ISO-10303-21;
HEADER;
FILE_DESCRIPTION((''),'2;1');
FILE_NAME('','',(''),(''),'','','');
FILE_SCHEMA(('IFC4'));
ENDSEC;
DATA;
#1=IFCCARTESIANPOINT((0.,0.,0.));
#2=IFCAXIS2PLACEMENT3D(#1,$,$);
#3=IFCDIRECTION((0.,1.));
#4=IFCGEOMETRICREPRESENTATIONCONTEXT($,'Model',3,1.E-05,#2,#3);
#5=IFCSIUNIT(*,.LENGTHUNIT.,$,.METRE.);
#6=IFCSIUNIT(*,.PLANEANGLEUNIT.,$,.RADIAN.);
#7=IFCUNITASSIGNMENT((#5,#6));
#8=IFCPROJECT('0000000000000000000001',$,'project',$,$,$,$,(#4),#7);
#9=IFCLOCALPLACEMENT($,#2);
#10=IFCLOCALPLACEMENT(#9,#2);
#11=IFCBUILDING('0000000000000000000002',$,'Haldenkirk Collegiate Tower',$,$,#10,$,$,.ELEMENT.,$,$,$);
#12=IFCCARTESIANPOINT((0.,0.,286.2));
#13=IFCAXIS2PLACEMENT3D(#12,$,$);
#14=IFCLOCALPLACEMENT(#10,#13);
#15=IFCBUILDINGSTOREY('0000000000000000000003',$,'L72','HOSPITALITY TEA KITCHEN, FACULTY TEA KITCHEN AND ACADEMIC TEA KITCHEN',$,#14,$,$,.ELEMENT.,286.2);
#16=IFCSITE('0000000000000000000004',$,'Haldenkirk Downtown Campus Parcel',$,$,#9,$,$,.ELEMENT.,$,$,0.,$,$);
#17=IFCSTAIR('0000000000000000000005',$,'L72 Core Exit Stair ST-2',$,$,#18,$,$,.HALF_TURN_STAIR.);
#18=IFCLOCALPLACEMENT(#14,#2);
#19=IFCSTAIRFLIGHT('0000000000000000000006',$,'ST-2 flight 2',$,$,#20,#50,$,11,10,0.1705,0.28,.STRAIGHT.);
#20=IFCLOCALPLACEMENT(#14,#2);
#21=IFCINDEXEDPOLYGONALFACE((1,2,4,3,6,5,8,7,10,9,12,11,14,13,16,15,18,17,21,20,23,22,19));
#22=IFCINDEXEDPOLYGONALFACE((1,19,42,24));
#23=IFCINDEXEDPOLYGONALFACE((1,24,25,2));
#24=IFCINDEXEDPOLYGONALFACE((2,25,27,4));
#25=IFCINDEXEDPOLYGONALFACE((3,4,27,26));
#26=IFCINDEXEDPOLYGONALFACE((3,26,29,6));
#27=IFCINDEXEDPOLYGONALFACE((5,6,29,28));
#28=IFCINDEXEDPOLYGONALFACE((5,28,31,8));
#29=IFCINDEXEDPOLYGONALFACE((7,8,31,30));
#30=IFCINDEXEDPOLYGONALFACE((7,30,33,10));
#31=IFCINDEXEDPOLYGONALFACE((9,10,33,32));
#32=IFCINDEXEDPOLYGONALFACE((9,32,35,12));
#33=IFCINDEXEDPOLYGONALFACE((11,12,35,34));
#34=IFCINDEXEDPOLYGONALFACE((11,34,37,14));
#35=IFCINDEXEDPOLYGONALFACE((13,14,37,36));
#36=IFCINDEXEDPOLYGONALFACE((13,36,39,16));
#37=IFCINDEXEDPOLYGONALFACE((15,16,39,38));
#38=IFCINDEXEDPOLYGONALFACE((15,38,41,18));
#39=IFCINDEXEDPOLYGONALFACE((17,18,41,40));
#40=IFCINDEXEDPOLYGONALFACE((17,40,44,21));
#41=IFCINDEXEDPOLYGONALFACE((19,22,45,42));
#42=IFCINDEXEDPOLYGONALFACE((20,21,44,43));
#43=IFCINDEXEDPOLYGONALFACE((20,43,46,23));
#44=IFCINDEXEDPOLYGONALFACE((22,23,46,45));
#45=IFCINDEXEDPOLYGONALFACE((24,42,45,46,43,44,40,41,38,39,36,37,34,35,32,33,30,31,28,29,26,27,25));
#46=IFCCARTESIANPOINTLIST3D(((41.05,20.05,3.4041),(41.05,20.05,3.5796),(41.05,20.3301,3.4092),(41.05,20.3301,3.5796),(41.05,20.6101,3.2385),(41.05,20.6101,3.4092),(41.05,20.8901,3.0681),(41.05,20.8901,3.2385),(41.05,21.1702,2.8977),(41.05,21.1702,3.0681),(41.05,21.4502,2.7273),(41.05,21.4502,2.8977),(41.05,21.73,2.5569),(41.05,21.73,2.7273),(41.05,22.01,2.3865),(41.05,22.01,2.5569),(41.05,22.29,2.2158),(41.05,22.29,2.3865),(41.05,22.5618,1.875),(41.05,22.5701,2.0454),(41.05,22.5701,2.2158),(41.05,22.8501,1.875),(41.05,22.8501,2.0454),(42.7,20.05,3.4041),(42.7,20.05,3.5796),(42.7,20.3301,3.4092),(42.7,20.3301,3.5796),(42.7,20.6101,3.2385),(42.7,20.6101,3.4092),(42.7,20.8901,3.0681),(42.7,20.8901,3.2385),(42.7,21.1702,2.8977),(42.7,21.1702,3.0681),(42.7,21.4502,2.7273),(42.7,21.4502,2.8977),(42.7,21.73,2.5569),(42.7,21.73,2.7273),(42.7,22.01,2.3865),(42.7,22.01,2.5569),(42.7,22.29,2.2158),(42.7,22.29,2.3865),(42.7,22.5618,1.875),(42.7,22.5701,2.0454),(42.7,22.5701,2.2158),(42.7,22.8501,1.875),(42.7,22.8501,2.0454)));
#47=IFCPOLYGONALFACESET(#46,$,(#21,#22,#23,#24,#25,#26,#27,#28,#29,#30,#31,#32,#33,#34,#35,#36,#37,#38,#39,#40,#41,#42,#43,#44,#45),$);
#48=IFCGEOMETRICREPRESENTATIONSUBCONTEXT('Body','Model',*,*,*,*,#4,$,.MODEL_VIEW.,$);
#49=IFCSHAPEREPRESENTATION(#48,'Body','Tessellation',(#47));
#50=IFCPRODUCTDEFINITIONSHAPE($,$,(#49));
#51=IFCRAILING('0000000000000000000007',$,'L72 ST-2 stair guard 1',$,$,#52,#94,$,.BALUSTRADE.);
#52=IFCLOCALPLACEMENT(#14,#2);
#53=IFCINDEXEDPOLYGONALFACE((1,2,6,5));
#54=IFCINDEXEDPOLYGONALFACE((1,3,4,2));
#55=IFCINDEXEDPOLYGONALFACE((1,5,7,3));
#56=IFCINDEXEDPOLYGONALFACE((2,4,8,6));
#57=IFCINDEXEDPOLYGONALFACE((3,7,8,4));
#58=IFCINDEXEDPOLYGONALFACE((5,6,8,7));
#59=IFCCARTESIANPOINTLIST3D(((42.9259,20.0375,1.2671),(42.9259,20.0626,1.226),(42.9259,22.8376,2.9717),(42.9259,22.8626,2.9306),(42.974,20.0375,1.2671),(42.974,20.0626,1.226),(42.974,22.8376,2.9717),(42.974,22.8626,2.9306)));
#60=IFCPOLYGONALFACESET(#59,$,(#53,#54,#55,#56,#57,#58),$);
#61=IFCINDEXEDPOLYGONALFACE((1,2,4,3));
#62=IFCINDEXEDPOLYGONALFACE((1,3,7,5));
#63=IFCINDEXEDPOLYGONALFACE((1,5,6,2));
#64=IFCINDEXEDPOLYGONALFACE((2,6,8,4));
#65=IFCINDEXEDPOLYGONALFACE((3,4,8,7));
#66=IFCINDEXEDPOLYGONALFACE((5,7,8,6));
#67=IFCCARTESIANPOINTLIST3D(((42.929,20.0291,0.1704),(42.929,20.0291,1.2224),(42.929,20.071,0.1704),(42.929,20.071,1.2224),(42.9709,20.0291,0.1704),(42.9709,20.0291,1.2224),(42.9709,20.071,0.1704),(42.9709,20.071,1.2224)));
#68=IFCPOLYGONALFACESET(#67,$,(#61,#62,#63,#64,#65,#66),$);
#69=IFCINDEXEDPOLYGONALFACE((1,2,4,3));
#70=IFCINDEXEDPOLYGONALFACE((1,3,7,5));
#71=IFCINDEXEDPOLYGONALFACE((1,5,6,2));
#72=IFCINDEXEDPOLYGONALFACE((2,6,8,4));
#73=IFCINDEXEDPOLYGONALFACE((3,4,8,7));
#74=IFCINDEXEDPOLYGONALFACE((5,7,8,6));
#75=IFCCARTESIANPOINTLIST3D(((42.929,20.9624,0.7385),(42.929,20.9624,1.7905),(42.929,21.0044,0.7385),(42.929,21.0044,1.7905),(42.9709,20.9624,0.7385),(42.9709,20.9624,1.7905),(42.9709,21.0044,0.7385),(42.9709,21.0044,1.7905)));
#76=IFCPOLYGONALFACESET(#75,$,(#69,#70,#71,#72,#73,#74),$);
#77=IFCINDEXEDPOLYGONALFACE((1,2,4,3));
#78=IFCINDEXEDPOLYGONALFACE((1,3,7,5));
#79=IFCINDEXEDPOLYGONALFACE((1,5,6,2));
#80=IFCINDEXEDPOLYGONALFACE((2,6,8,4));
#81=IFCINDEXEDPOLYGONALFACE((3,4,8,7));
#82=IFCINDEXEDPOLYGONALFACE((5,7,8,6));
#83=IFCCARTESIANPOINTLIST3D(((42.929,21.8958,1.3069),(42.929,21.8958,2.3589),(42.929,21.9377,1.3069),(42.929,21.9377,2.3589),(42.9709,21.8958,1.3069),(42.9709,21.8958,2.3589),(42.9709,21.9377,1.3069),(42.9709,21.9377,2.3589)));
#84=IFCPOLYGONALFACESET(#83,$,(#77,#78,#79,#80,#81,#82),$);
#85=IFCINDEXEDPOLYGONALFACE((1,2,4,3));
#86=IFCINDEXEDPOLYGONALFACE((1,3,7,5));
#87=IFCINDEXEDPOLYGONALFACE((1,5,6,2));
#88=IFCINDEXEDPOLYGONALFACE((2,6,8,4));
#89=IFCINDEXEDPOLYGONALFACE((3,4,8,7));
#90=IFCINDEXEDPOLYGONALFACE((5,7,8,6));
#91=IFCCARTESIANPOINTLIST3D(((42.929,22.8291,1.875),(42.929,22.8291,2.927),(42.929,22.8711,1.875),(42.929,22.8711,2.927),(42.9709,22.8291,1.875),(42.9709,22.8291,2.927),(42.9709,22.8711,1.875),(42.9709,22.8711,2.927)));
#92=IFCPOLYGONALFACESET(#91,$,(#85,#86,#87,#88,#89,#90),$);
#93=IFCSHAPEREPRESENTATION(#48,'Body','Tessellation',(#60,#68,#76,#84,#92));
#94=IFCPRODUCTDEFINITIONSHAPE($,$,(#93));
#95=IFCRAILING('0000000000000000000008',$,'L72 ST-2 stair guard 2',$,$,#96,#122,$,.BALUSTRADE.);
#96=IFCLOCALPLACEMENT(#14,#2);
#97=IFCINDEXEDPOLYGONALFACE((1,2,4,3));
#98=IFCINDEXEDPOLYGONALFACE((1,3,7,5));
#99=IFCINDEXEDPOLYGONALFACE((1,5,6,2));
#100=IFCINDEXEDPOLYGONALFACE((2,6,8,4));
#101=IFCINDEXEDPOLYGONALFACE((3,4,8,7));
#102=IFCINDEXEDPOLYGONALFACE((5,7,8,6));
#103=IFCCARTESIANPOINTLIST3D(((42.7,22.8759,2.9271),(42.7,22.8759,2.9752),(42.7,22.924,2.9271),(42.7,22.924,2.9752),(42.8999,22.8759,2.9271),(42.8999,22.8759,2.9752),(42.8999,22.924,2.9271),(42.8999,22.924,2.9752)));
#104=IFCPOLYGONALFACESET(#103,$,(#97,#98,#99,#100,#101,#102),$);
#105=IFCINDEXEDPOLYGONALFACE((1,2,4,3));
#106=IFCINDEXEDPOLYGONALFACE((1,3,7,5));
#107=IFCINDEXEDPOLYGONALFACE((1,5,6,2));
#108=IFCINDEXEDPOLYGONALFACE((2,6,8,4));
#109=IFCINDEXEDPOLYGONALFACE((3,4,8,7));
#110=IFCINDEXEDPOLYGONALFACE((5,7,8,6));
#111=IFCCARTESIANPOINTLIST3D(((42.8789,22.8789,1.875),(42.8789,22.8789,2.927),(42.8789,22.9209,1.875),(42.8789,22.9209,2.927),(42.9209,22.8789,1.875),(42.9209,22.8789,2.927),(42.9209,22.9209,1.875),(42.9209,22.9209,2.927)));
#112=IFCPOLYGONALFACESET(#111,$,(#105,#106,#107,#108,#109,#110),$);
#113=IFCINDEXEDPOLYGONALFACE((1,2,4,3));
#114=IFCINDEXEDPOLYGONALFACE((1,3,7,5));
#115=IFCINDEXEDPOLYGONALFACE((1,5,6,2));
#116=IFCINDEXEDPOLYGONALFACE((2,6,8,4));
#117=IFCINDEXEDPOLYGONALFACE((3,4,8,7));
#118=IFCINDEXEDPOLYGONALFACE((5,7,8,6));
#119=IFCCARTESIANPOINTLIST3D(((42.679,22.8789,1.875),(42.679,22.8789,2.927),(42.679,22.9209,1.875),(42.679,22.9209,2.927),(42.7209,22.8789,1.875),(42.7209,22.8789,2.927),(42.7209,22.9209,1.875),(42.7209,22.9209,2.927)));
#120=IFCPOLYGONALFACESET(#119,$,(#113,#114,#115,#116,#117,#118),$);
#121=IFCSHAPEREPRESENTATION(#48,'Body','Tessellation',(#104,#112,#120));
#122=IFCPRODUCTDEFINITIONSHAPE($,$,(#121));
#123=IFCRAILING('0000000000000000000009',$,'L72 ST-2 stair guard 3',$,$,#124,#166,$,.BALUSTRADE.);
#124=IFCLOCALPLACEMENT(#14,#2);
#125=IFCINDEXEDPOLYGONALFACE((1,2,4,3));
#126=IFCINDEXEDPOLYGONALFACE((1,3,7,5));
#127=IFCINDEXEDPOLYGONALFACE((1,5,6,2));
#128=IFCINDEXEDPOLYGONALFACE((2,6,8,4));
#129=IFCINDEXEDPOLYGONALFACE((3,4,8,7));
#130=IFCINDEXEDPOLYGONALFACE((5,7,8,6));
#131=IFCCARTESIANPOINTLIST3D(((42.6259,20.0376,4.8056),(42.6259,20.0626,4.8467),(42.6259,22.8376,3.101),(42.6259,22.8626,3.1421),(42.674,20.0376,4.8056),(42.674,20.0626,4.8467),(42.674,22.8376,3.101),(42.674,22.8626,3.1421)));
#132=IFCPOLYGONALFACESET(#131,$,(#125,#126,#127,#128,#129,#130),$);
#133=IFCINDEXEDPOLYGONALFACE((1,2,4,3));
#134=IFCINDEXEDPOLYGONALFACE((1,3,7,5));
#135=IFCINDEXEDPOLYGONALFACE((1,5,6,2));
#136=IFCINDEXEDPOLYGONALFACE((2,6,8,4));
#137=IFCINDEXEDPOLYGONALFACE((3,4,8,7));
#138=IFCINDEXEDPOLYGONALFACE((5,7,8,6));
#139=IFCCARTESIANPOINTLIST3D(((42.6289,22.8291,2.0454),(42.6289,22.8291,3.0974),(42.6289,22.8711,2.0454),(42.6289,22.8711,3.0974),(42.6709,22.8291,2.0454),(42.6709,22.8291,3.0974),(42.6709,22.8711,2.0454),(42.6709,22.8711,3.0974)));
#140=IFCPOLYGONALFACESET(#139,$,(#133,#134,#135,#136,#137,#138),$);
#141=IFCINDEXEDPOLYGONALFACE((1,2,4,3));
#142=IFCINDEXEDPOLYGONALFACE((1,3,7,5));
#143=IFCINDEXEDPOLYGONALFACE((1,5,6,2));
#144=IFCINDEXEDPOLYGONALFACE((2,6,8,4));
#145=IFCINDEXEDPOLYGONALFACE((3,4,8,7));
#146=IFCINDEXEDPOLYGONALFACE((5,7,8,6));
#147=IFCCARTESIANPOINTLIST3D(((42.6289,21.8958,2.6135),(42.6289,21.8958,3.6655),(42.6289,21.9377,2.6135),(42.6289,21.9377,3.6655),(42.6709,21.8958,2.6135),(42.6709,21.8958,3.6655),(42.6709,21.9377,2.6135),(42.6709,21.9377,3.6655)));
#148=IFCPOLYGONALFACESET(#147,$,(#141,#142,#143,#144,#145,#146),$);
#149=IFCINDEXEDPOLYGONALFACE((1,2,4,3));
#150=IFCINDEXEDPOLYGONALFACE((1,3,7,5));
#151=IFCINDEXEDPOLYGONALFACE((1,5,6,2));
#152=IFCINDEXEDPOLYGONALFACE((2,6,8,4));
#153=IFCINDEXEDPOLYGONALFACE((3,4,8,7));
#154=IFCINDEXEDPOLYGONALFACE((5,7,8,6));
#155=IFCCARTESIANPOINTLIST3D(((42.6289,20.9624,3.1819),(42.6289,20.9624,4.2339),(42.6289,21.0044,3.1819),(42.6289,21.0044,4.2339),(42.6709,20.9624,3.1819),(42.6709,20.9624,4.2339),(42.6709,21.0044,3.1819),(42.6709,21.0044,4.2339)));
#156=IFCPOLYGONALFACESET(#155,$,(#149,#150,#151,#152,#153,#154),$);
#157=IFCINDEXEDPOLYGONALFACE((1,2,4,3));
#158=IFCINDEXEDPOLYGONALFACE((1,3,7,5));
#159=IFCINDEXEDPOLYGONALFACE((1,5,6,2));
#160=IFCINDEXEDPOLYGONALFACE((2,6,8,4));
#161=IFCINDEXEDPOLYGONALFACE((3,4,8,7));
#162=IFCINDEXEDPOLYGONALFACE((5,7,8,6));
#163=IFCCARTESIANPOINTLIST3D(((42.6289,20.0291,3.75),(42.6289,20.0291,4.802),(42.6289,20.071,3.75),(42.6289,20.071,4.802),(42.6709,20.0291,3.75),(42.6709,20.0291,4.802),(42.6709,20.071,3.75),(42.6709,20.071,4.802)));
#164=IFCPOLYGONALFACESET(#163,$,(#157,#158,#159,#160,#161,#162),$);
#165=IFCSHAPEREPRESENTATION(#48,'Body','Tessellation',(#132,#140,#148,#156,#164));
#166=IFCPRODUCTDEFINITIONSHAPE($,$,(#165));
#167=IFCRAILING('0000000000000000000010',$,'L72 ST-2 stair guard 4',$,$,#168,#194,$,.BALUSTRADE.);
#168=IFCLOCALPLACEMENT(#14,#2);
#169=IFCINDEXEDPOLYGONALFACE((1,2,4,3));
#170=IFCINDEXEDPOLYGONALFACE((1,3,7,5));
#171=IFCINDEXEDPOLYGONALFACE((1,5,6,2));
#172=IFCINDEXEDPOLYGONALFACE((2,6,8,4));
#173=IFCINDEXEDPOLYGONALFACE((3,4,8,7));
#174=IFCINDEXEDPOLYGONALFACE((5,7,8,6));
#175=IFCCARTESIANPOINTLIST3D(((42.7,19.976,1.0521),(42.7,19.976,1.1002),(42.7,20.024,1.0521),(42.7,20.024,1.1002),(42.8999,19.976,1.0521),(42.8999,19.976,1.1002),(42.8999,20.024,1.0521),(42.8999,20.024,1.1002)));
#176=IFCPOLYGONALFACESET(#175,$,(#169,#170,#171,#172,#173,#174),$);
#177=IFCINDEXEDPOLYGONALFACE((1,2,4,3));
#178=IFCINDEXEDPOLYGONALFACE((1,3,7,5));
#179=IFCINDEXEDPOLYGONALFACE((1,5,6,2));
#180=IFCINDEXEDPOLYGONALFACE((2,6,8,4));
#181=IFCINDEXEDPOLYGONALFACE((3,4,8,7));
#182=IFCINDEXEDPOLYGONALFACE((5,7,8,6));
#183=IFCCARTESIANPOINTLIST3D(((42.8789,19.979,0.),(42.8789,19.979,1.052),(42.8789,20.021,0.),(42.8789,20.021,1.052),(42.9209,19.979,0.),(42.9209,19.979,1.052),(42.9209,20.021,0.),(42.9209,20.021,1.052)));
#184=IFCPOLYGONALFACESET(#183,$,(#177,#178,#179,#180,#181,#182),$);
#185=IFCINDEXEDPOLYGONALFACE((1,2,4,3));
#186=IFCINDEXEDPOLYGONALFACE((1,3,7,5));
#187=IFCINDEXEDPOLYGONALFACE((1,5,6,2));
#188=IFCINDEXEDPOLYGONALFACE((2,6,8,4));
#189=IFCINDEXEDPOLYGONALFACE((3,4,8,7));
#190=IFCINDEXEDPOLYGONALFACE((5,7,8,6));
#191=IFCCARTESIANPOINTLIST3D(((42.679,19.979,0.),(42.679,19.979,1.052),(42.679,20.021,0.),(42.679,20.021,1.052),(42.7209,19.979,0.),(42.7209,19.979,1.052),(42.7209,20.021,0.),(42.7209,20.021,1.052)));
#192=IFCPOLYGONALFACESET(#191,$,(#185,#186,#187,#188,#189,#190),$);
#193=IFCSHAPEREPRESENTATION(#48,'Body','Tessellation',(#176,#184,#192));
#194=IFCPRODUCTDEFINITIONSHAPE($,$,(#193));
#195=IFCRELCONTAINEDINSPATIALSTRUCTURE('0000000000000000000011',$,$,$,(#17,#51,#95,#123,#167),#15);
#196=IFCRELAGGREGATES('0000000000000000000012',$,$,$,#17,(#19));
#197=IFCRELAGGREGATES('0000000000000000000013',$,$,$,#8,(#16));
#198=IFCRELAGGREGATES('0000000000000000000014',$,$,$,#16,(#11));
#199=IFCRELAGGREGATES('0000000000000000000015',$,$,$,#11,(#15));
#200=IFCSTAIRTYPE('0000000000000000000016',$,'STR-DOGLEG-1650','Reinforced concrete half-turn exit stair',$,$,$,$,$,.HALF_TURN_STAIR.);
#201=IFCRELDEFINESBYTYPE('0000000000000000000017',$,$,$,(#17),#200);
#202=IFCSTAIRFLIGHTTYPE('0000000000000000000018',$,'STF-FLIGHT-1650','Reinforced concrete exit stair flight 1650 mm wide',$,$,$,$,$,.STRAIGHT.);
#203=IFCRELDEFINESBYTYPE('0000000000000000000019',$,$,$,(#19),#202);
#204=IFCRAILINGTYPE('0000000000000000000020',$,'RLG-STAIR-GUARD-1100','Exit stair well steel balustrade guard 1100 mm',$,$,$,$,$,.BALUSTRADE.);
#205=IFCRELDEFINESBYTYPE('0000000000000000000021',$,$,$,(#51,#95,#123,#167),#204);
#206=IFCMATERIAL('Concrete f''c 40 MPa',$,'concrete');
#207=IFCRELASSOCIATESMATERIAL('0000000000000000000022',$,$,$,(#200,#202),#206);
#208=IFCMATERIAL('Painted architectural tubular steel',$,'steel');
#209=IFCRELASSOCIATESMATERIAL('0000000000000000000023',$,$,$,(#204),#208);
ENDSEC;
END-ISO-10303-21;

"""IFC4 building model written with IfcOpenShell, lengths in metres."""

from ifc_helpers import new_model, si_unit, direction, frame, origin, origin_2d, place, context, subcontext, project, spatial, polyline, rectangle, outline, extrude, material, type_object, element, aggregate, save


model = new_model("IFC4")

# Units and contexts
model_context = context("Model", 3, precision=1e-05, world=origin(), true_north=direction((0.0, 1.0)))
body_context = subcontext(model_context, "Body", "Model", "MODEL_VIEW")
ifc_project = project(units=[si_unit("LENGTHUNIT", "METRE"), si_unit("PLANEANGLEUNIT", "RADIAN")], contexts=[model_context])

# Site, building, storey
site_placement = place(None, origin())
site = spatial("IfcSite", under=ifc_project, at=site_placement, Name="Haldenkirk Downtown Campus Parcel", CompositionType="ELEMENT", RefElevation=0.0)
building_placement = place(site_placement, origin())
building = spatial("IfcBuilding", under=site, at=building_placement, Name="Haldenkirk Collegiate Tower", CompositionType="ELEMENT")
storey_placement = place(building_placement, frame((0.0, 0.0, 286.2)))
storey = spatial("IfcBuildingStorey", under=building, at=storey_placement, Name="L72", Description="HOSPITALITY TEA KITCHEN, FACULTY TEA KITCHEN AND ACADEMIC TEA KITCHEN", CompositionType="ELEMENT", Elevation=286.2)

# Stair, stair flight
ifc_material_1 = material(Name="Concrete f'c 40 MPa", Category="concrete")
stair_type = type_object("IfcStairType", Name="STR-DOGLEG-1650", Description="Reinforced concrete half-turn exit stair", PredefinedType="HALF_TURN_STAIR", material=ifc_material_1)
stair_placement = place(storey_placement, origin())
stair = element("IfcStair", 1, at=stair_placement, inside=storey, type_object=stair_type, Name="L72 Core Exit Stair ST-2", PredefinedType="HALF_TURN_STAIR")
stair_flight_type = type_object("IfcStairFlightType", Name="STF-FLIGHT-1650", Description="Reinforced concrete exit stair flight 1650 mm wide", PredefinedType="STRAIGHT", material=ifc_material_1)
stair_flight_placement = place(storey_placement, frame((41.875, 22.8501, 1.875), z_axis=(0.0, 0.0, 1.0), x_axis=(0.0, -1.0, 0.0)))
stair_flight = element("IfcStairFlight", 2, at=stair_flight_placement, type_object=stair_flight_type, Name="ST-2 flight 2", NumberOfRisers=11, NumberOfTreads=10, PredefinedType="STRAIGHT", RiserHeight=0.1705, TreadLength=0.28, context=body_context, shape_type="SweptSolid", body=[
    extrude(outline(polyline([(0.0, 0.0), (0.0, 0.1704), (0.28, 0.1704), (0.28, 0.3408), (0.5601, 0.3408), (0.5601, 0.5115), (0.8401, 0.5115), (0.8401, 0.6819), (1.1201, 0.6819), (1.1201, 0.8523), (1.3999, 0.8523), (1.3999, 1.0227), (1.6799, 1.0227), (1.6799, 1.1931), (1.96, 1.1931), (1.96, 1.3635), (2.24, 1.3635), (2.24, 1.5342), (2.52, 1.5342), (2.52, 1.7046), (2.8, 1.7046), (2.8, 1.875), (2.8, 1.5291), (0.2883, 0.0), (0.0, 0.0)])), frame((0.0, 0.825, 0.0), z_axis=(0.0, -1.0, 0.0), x_axis=(1.0, 0.0, 0.0)), (0.0, 0.0, 1.0), 1.6499),
])
aggregate(stair, [stair_flight])

# Railings
ifc_material_2 = material(Name="Painted architectural tubular steel", Category="steel")
railing_type_1 = type_object("IfcRailingType", Name="RLG-STAIR-GUARD-1100", Description="Exit stair well steel balustrade guard 1100 mm", PredefinedType="BALUSTRADE", material=ifc_material_2)
railing_1_placement = place(storey_placement, frame((42.95, 20.05, 0.1704)))
element("IfcRailing", 3, at=railing_1_placement, inside=storey, type_object=railing_type_1, Name="L72 ST-2 stair guard 1", PredefinedType="BALUSTRADE", context=body_context, shape_type="SweptSolid", body=[
    extrude(rectangle(XDim=0.0481, YDim=0.0481, at=origin_2d()), frame((0.0, 0.0, 1.0762), z_axis=(0.0, 0.85417, 0.519994), x_axis=(-1.0, 0.0, 0.0)), (0.0, 0.0, 1.0), 3.2781),
    extrude(rectangle(XDim=0.042, YDim=0.042, at=origin_2d()), origin(), (0.0, 0.0, 1.0), 1.052),
    extrude(rectangle(XDim=0.042, YDim=0.042, at=origin_2d()), frame((0.0, 0.9333, 0.5681)), (0.0, 0.0, 1.0), 1.052),
    extrude(rectangle(XDim=0.042, YDim=0.042, at=origin_2d()), frame((0.0, 1.8667, 1.1365)), (0.0, 0.0, 1.0), 1.052),
    extrude(rectangle(XDim=0.042, YDim=0.042, at=origin_2d()), frame((0.0, 2.8, 1.7046)), (0.0, 0.0, 1.0), 1.052),
])
railing_2_placement = place(storey_placement, frame((42.8999, 22.8999, 1.875)))
element("IfcRailing", 4, at=railing_2_placement, inside=storey, type_object=railing_type_1, Name="L72 ST-2 stair guard 2", PredefinedType="BALUSTRADE", context=body_context, shape_type="SweptSolid", body=[
    extrude(rectangle(XDim=0.0481, YDim=0.0481, at=origin_2d()), frame((0.0, 0.0, 1.0762), z_axis=(-1.0, 0.0, 0.0), x_axis=(0.0, -1.0, 0.0)), (0.0, 0.0, 1.0), 0.2),
    extrude(rectangle(XDim=0.042, YDim=0.042, at=origin_2d()), origin(), (0.0, 0.0, 1.0), 1.052),
    extrude(rectangle(XDim=0.042, YDim=0.042, at=origin_2d()), frame((-0.2, 0.0, 0.0)), (0.0, 0.0, 1.0), 1.052),
])
railing_3_placement = place(storey_placement, frame((42.6499, 22.8501, 2.0454)))
element("IfcRailing", 5, at=railing_3_placement, inside=storey, type_object=railing_type_1, Name="L72 ST-2 stair guard 3", PredefinedType="BALUSTRADE", context=body_context, shape_type="SweptSolid", body=[
    extrude(rectangle(XDim=0.0481, YDim=0.0481, at=origin_2d()), frame((0.0, 0.0, 1.0762), z_axis=(0.0, -0.85417, 0.519994), x_axis=(1.0, 0.0, 0.0)), (0.0, 0.0, 1.0), 3.2781),
    extrude(rectangle(XDim=0.042, YDim=0.042, at=origin_2d()), origin(), (0.0, 0.0, 1.0), 1.052),
    extrude(rectangle(XDim=0.042, YDim=0.042, at=origin_2d()), frame((0.0, -0.9333, 0.5681)), (0.0, 0.0, 1.0), 1.052),
    extrude(rectangle(XDim=0.042, YDim=0.042, at=origin_2d()), frame((0.0, -1.8667, 1.1365)), (0.0, 0.0, 1.0), 1.052),
    extrude(rectangle(XDim=0.042, YDim=0.042, at=origin_2d()), frame((0.0, -2.8, 1.7046)), (0.0, 0.0, 1.0), 1.052),
])
railing_4_placement = place(storey_placement, frame((42.8999, 20.0, 0.0)))
element("IfcRailing", 6, at=railing_4_placement, inside=storey, type_object=railing_type_1, Name="L72 ST-2 stair guard 4", PredefinedType="BALUSTRADE", context=body_context, shape_type="SweptSolid", body=[
    extrude(rectangle(XDim=0.0481, YDim=0.0481, at=origin_2d()), frame((0.0, 0.0, 1.0762), z_axis=(-1.0, 0.0, 0.0), x_axis=(0.0, -1.0, 0.0)), (0.0, 0.0, 1.0), 0.2),
    extrude(rectangle(XDim=0.042, YDim=0.042, at=origin_2d()), origin(), (0.0, 0.0, 1.0), 1.052),
    extrude(rectangle(XDim=0.042, YDim=0.042, at=origin_2d()), frame((-0.2, 0.0, 0.0)), (0.0, 0.0, 1.0), 1.052),
])

save(model, "model.ifc")
